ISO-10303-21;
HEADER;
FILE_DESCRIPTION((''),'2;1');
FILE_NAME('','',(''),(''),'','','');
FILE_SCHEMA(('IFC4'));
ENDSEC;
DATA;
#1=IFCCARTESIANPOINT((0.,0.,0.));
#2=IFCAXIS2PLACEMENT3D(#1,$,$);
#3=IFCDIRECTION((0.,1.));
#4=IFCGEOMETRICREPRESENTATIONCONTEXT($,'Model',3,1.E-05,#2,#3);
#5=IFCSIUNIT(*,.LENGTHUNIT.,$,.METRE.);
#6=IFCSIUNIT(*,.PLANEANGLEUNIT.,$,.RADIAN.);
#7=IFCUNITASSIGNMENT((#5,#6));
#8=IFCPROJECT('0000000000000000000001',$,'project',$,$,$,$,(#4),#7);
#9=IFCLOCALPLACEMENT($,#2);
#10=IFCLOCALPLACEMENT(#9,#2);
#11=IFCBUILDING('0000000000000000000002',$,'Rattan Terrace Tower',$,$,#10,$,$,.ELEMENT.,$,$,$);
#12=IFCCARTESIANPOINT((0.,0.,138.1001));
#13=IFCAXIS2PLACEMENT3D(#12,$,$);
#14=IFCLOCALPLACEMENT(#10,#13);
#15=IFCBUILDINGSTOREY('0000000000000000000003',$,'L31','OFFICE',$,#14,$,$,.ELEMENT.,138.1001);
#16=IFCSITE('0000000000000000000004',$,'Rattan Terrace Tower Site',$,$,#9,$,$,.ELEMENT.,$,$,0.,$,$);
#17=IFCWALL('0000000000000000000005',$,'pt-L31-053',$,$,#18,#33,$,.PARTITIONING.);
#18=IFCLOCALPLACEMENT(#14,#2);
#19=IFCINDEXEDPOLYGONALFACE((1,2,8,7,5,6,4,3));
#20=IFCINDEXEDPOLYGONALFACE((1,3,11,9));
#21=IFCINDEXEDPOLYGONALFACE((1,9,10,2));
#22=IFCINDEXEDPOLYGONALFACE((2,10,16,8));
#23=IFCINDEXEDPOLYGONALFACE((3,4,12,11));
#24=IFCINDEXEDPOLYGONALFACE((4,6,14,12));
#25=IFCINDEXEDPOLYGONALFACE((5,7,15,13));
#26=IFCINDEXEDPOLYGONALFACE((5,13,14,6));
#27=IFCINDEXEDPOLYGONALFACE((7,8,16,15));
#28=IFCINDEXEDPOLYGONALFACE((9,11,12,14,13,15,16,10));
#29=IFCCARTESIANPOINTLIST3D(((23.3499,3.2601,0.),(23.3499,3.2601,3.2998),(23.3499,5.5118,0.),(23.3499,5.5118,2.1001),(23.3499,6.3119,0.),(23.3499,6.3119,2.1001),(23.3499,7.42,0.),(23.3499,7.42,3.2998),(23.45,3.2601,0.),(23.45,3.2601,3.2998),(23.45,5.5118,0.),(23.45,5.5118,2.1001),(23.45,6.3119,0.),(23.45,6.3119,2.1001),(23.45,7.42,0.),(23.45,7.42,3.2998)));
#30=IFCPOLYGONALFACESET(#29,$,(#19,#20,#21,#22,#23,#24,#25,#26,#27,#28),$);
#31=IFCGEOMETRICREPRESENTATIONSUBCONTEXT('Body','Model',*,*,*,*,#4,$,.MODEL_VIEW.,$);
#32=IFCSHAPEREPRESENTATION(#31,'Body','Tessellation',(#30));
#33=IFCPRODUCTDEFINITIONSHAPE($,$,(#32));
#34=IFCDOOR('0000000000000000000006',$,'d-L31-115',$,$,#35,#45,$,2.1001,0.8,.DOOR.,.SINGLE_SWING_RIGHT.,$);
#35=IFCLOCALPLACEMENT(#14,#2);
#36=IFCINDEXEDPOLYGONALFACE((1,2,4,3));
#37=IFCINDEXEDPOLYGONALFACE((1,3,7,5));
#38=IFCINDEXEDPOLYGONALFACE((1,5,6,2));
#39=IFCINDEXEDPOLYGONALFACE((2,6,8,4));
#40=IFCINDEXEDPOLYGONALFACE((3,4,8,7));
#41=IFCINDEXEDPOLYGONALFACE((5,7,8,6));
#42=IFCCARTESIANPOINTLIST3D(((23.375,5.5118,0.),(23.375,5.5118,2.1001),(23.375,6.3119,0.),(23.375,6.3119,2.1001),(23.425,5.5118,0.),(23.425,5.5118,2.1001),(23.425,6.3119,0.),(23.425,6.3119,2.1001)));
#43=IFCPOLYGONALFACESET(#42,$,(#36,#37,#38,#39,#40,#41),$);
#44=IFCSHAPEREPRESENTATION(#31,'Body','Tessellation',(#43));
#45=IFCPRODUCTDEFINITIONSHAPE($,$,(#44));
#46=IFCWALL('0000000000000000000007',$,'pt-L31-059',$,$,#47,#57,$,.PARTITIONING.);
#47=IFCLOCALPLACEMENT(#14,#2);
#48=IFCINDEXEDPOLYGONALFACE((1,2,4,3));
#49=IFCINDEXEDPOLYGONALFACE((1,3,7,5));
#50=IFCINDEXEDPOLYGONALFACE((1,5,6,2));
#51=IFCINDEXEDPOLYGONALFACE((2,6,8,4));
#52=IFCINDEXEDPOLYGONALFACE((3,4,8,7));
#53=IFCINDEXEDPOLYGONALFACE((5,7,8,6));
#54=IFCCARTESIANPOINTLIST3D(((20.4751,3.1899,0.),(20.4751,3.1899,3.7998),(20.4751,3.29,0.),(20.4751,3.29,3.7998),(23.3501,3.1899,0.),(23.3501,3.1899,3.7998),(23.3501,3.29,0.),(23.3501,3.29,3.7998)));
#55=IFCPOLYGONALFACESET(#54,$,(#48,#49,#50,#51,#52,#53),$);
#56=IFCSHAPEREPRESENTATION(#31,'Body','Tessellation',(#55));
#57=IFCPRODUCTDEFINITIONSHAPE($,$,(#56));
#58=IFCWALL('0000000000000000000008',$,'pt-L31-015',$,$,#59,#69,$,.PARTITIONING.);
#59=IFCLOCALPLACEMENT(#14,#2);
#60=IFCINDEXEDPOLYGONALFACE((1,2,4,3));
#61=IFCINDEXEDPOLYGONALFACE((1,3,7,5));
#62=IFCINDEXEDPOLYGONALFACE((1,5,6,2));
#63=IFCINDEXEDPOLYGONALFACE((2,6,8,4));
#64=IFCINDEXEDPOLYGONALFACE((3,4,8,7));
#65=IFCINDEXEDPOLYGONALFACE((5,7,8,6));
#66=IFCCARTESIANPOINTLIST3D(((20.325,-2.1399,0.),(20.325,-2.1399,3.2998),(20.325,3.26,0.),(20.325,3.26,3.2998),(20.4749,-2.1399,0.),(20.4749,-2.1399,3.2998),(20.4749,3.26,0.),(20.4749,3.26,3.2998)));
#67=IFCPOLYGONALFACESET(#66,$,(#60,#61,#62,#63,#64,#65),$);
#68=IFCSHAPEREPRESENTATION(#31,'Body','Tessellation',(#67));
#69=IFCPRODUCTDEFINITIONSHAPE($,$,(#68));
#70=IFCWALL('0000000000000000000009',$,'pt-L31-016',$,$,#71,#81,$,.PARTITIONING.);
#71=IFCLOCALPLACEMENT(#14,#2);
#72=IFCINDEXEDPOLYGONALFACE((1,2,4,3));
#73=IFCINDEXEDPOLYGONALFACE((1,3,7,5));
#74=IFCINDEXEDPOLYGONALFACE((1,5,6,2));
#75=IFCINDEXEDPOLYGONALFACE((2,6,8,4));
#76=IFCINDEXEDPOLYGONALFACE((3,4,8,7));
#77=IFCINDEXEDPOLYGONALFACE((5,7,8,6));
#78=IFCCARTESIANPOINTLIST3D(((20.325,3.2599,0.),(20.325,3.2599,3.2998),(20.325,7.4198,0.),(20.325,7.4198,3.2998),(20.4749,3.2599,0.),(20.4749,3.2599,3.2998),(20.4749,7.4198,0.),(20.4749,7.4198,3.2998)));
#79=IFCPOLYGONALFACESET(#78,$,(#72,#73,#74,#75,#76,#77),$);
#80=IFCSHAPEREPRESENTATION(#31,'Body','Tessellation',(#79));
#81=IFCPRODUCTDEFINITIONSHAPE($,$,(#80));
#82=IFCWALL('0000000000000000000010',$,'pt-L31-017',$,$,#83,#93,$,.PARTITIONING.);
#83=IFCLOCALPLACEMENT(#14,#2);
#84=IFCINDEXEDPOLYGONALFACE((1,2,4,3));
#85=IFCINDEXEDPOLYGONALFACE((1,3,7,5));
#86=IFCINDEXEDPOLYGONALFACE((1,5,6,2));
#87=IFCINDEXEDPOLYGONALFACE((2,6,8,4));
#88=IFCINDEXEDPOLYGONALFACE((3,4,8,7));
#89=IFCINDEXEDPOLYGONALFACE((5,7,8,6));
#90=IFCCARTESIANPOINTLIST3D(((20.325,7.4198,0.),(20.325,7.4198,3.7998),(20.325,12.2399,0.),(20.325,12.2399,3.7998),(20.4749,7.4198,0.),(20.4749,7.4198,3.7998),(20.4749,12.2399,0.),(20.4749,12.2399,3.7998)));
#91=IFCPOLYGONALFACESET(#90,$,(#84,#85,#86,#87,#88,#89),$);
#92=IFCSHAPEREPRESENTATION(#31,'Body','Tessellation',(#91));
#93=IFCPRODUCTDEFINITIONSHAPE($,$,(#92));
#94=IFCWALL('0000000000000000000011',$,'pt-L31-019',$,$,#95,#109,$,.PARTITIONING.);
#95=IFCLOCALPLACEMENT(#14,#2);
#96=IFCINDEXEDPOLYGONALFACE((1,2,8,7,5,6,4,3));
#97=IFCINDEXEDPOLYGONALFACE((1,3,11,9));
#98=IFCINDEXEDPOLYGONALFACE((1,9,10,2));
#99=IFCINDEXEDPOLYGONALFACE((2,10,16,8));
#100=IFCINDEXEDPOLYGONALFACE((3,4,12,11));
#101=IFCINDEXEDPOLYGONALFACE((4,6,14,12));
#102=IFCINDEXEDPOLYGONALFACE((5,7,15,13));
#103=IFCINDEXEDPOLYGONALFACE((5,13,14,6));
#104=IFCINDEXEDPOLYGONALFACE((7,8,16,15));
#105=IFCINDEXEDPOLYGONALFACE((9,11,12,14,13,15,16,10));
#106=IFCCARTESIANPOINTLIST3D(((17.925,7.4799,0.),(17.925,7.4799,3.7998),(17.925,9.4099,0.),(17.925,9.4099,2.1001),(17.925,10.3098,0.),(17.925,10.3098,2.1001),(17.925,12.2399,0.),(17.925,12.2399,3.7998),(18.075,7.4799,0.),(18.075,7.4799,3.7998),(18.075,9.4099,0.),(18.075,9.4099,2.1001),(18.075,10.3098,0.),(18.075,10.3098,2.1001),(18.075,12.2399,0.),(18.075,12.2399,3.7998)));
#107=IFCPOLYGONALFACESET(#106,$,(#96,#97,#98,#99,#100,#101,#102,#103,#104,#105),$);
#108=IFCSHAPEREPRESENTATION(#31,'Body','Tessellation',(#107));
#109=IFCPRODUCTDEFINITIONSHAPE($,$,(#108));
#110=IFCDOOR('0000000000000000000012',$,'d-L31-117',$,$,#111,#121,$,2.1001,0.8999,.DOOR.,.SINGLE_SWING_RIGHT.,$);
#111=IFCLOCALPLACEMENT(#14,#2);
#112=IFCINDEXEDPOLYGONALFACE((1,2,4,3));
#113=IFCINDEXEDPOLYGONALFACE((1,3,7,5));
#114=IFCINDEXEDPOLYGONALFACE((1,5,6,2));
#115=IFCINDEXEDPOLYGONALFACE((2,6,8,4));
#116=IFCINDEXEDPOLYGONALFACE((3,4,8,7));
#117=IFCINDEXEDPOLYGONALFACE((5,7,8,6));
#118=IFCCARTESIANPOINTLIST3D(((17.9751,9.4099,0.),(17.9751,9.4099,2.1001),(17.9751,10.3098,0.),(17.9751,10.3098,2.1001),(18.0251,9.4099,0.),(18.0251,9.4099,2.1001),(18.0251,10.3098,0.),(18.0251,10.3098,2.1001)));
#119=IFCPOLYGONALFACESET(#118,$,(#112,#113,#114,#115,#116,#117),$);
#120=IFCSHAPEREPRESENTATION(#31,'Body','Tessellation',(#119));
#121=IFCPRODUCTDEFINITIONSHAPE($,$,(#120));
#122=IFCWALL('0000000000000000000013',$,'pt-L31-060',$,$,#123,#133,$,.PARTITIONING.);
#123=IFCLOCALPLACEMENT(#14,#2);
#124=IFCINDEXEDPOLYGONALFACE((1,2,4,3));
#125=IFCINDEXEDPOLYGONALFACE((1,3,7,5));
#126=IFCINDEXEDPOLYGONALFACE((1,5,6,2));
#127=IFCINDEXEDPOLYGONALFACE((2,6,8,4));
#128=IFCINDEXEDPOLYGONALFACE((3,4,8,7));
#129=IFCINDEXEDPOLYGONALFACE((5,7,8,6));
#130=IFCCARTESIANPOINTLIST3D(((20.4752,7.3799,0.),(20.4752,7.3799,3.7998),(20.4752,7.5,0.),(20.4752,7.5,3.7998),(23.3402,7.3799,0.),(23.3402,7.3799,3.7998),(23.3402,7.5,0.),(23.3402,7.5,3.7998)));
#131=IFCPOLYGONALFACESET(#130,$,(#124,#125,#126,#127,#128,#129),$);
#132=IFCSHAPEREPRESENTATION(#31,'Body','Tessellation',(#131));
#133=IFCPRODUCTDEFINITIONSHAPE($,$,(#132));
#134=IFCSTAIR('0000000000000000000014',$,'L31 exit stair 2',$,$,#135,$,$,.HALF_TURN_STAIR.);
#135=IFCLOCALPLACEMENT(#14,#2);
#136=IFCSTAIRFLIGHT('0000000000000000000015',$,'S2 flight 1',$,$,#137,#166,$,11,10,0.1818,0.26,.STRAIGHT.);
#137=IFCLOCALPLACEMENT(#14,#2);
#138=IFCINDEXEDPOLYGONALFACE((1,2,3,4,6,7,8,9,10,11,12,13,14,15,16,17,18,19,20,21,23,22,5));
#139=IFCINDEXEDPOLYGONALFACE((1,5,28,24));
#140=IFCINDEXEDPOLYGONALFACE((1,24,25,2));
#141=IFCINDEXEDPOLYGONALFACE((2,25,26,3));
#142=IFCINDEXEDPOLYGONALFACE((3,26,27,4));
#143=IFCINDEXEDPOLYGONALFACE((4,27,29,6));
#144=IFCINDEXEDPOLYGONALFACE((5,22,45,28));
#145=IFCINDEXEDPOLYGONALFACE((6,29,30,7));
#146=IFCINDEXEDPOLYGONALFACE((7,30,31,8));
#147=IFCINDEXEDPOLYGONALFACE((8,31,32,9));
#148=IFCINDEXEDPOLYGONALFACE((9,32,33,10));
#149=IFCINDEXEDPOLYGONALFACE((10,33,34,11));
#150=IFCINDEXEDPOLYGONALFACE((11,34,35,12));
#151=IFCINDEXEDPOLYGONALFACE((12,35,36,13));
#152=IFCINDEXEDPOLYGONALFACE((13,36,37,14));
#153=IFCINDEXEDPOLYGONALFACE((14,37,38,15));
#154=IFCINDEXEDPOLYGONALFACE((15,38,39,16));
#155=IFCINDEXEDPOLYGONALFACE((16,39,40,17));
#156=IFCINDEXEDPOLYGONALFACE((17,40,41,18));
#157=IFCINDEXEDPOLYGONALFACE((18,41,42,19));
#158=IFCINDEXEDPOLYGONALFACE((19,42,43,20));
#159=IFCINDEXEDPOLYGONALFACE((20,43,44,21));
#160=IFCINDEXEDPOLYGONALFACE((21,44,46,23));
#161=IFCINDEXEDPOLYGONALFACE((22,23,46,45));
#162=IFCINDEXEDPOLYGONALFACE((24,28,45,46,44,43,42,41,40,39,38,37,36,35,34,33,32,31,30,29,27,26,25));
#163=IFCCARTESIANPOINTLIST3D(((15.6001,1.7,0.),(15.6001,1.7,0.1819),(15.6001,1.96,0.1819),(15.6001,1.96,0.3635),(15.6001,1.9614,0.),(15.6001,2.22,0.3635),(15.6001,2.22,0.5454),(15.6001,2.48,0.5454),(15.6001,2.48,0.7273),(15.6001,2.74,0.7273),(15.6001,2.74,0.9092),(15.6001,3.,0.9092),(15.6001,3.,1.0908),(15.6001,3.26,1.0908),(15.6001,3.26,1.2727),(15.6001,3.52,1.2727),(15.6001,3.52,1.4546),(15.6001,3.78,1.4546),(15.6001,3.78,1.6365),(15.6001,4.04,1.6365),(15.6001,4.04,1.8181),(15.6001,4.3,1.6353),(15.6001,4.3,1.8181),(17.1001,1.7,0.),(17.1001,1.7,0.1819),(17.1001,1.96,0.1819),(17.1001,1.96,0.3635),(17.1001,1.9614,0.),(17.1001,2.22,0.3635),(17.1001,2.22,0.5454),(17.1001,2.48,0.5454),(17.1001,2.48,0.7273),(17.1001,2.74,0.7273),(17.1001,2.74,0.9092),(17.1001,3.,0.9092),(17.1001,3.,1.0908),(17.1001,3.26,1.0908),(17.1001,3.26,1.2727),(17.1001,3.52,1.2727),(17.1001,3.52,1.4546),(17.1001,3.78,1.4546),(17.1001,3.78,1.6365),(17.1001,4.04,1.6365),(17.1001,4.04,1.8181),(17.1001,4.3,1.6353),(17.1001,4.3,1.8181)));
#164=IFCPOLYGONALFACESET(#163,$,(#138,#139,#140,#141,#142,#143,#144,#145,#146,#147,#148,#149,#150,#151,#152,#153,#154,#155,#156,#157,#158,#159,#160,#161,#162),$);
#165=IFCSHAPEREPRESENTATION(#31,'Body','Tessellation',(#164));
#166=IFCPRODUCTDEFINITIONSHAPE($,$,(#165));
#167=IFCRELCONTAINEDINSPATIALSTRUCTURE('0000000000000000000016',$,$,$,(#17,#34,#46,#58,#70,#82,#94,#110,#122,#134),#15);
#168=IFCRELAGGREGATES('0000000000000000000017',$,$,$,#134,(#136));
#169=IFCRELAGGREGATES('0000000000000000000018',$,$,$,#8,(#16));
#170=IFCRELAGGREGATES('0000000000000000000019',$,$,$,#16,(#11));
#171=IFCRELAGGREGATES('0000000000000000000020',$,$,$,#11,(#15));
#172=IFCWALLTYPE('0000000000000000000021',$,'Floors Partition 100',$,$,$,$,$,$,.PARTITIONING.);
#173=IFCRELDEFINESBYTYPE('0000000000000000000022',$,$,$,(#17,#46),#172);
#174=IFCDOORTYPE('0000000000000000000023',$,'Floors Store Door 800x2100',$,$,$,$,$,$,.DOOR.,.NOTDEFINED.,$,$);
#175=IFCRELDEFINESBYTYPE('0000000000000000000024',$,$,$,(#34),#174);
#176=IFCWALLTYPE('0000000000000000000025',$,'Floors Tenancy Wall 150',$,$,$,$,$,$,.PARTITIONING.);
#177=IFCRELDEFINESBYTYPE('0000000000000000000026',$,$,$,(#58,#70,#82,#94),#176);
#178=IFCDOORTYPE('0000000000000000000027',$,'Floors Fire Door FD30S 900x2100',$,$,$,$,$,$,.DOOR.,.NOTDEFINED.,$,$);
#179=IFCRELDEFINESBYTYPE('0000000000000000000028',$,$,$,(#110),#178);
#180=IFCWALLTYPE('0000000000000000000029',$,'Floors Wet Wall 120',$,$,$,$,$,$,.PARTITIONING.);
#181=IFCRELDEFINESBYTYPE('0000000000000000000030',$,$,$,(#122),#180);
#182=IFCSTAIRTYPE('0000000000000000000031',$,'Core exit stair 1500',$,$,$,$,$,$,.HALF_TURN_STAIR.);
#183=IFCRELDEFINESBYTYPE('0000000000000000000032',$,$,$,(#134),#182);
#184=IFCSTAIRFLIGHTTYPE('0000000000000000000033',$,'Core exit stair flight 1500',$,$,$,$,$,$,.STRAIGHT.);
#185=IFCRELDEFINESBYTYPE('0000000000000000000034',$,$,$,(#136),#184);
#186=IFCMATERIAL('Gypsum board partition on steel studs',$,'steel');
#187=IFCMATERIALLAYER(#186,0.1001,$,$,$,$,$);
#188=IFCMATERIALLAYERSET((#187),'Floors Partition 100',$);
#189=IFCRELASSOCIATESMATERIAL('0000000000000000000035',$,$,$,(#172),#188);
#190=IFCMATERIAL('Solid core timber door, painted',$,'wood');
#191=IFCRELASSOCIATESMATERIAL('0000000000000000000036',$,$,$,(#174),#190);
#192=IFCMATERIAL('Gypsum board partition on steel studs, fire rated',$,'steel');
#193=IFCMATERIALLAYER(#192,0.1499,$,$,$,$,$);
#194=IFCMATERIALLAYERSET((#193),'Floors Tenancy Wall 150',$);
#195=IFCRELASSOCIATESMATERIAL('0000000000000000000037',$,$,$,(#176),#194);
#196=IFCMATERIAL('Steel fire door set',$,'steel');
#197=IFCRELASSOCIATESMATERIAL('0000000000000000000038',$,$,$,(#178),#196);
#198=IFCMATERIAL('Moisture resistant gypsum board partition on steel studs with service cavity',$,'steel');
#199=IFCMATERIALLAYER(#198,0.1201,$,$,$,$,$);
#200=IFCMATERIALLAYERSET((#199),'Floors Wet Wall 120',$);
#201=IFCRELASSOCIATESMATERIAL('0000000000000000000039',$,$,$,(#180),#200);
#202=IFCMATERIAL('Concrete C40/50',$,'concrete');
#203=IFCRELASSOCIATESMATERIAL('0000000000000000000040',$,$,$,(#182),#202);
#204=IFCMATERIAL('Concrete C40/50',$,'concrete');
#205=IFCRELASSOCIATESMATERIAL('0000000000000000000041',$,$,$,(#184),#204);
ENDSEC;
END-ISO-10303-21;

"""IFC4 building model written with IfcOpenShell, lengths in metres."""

from ifc_helpers import new_model, si_unit, direction, frame, frame_2d, origin, place, context, subcontext, project, spatial, polyline, rectangle, outline, extrude, material, layer, layer_set, type_object, element, fill, aggregate, save


model = new_model("IFC4")

# Units and contexts
model_context = context("Model", 3, precision=1e-05, world=origin(), true_north=direction((0.0, 1.0)))
body_context = subcontext(model_context, "Body", "Model", "MODEL_VIEW")
ifc_project = project(units=[si_unit("LENGTHUNIT", "METRE"), si_unit("PLANEANGLEUNIT", "RADIAN")], contexts=[model_context])

# Site, building, storey
site_placement = place(None, origin())
site = spatial("IfcSite", under=ifc_project, at=site_placement, Name="Rattan Terrace Tower Site", CompositionType="ELEMENT", RefElevation=0.0)
building_placement = place(site_placement, origin())
building = spatial("IfcBuilding", under=site, at=building_placement, Name="Rattan Terrace Tower", CompositionType="ELEMENT")
storey_placement = place(building_placement, frame((0.0, 0.0, 138.1001)))
storey = spatial("IfcBuildingStorey", under=building, at=storey_placement, Name="L31", Description="OFFICE", CompositionType="ELEMENT", Elevation=138.1001)

# Wall, opening, door
ifc_material_1 = material(Name="Gypsum board partition on steel studs", Category="steel")
ifc_layer_1 = layer(ifc_material_1, 0.1001)
ifc_layer_set_1 = layer_set([ifc_layer_1], Name="Floors Partition 100")
wall_type_1 = type_object("IfcWallType", Name="Floors Partition 100", PredefinedType="PARTITIONING", material=ifc_layer_set_1)
wall_1_placement = place(storey_placement, frame((23.3999, 3.26, 0.0), z_axis=(0.0, 0.0, 1.0), x_axis=(0.0, 1.0, 0.0)))
wall_1 = element("IfcWall", 1, at=wall_1_placement, inside=storey, type_object=wall_type_1, Name="pt-L31-053", PredefinedType="PARTITIONING", context=body_context, shape_type="SweptSolid", body=[
    extrude(rectangle(XDim=4.1599, YDim=0.1001, at=frame_2d((2.0801, 0.0))), origin(), (0.0, 0.0, 1.0), 3.2998),
])
opening_1_placement = place(wall_1_placement, frame((2.252, 0.0, 0.0)))
opening_1 = element("IfcOpeningElement", 2, at=opening_1_placement, cuts=wall_1, PredefinedType="OPENING", context=body_context, shape_type="SweptSolid", body=[
    extrude(rectangle(XDim=0.8, YDim=2.1001, at=frame_2d((0.3999, 1.05))), frame((0.0, 0.0605, 0.0), z_axis=(0.0, -1.0, 0.0), x_axis=(1.0, 0.0, 0.0)), (0.0, 0.0, 1.0), 0.1211),
])
ifc_material_2 = material(Name="Solid core timber door, painted", Category="wood")
door_type_1 = type_object("IfcDoorType", Name="Floors Store Door 800x2100", OperationType="NOTDEFINED", PredefinedType="DOOR", material=ifc_material_2)
door_1_placement = place(opening_1_placement, origin())
door_1 = element("IfcDoor", 3, at=door_1_placement, inside=storey, type_object=door_type_1, Name="d-L31-115", OperationType="SINGLE_SWING_RIGHT", OverallHeight=2.1001, OverallWidth=0.8, PredefinedType="DOOR", context=body_context, shape_type="SweptSolid", body=[
    extrude(rectangle(XDim=0.8, YDim=2.1001, at=frame_2d((0.3999, 1.05))), frame((0.0, 0.0249, 0.0), z_axis=(0.0, -1.0, 0.0), x_axis=(1.0, 0.0, 0.0)), (0.0, 0.0, 1.0), 0.05),
])
fill(opening_1, door_1)

# Walls
wall_2_placement = place(storey_placement, frame((20.4751, 3.24, 0.0), z_axis=(0.0, 0.0, 1.0), x_axis=(1.0, 0.0, 0.0)))
element("IfcWall", 4, at=wall_2_placement, inside=storey, type_object=wall_type_1, Name="pt-L31-059", PredefinedType="PARTITIONING", context=body_context, shape_type="SweptSolid", body=[
    extrude(rectangle(XDim=2.875, YDim=0.1001, at=frame_2d((1.4375, 0.0))), origin(), (0.0, 0.0, 1.0), 3.7998),
])
ifc_material_3 = material(Name="Gypsum board partition on steel studs, fire rated", Category="steel")
ifc_layer_2 = layer(ifc_material_3, 0.1499)
ifc_layer_set_2 = layer_set([ifc_layer_2], Name="Floors Tenancy Wall 150")
wall_type_2 = type_object("IfcWallType", Name="Floors Tenancy Wall 150", PredefinedType="PARTITIONING", material=ifc_layer_set_2)
wall_3_placement = place(storey_placement, frame((20.3999, 3.26, 0.0), z_axis=(0.0, 0.0, 1.0), x_axis=(0.0, -1.0, 0.0)))
element("IfcWall", 5, at=wall_3_placement, inside=storey, type_object=wall_type_2, Name="pt-L31-015", PredefinedType="PARTITIONING", context=body_context, shape_type="SweptSolid", body=[
    extrude(rectangle(XDim=5.3999, YDim=0.1499, at=frame_2d((2.7, 0.0))), origin(), (0.0, 0.0, 1.0), 3.2998),
])
wall_4_placement = place(storey_placement, frame((20.3999, 7.4199, 0.0), z_axis=(0.0, 0.0, 1.0), x_axis=(0.0, -1.0, 0.0)))
element("IfcWall", 6, at=wall_4_placement, inside=storey, type_object=wall_type_2, Name="pt-L31-016", PredefinedType="PARTITIONING", context=body_context, shape_type="SweptSolid", body=[
    extrude(rectangle(XDim=4.1599, YDim=0.1499, at=frame_2d((2.0801, 0.0))), origin(), (0.0, 0.0, 1.0), 3.2998),
])
wall_5_placement = place(storey_placement, frame((20.3999, 12.24, 0.0), z_axis=(0.0, 0.0, 1.0), x_axis=(0.0, -1.0, 0.0)))
element("IfcWall", 7, at=wall_5_placement, inside=storey, type_object=wall_type_2, Name="pt-L31-017", PredefinedType="PARTITIONING", context=body_context, shape_type="SweptSolid", body=[
    extrude(rectangle(XDim=4.8201, YDim=0.1499, at=frame_2d((2.4102, 0.0))), origin(), (0.0, 0.0, 1.0), 3.7998),
])

# Wall, opening, door
wall_6_placement = place(storey_placement, frame((18.0, 7.48, 0.0), z_axis=(0.0, 0.0, 1.0), x_axis=(0.0, 1.0, 0.0)))
wall_6 = element("IfcWall", 8, at=wall_6_placement, inside=storey, type_object=wall_type_2, Name="pt-L31-019", PredefinedType="PARTITIONING", context=body_context, shape_type="SweptSolid", body=[
    extrude(rectangle(XDim=4.76, YDim=0.1499, at=frame_2d((2.3799, 0.0))), origin(), (0.0, 0.0, 1.0), 3.7998),
])
opening_2_placement = place(wall_6_placement, frame((1.9299, 0.0, 0.0)))
opening_2 = element("IfcOpeningElement", 9, at=opening_2_placement, cuts=wall_6, PredefinedType="OPENING", context=body_context, shape_type="SweptSolid", body=[
    extrude(rectangle(XDim=0.8999, YDim=2.1001, at=frame_2d((0.45, 1.05))), frame((0.0, 0.0854, 0.0), z_axis=(0.0, -1.0, 0.0), x_axis=(1.0, 0.0, 0.0)), (0.0, 0.0, 1.0), 0.1709),
])
ifc_material_4 = material(Name="Steel fire door set", Category="steel")
door_type_2 = type_object("IfcDoorType", Name="Floors Fire Door FD30S 900x2100", OperationType="NOTDEFINED", PredefinedType="DOOR", material=ifc_material_4)
door_2_placement = place(opening_2_placement, origin())
door_2 = element("IfcDoor", 10, at=door_2_placement, inside=storey, type_object=door_type_2, Name="d-L31-117", OperationType="SINGLE_SWING_RIGHT", OverallHeight=2.1001, OverallWidth=0.8999, PredefinedType="DOOR", context=body_context, shape_type="SweptSolid", body=[
    extrude(rectangle(XDim=0.8999, YDim=2.1001, at=frame_2d((0.45, 1.05))), frame((0.0, 0.0249, 0.0), z_axis=(0.0, -1.0, 0.0), x_axis=(1.0, 0.0, 0.0)), (0.0, 0.0, 1.0), 0.05),
])
fill(opening_2, door_2)

# Wall
ifc_material_5 = material(Name="Moisture resistant gypsum board partition on steel studs with service cavity", Category="steel")
ifc_layer_3 = layer(ifc_material_5, 0.1201)
ifc_layer_set_3 = layer_set([ifc_layer_3], Name="Floors Wet Wall 120")
wall_type_3 = type_object("IfcWallType", Name="Floors Wet Wall 120", PredefinedType="PARTITIONING", material=ifc_layer_set_3)
wall_7_placement = place(storey_placement, frame((20.4751, 7.4399, 0.0), z_axis=(0.0, 0.0, 1.0), x_axis=(1.0, 0.0, 0.0)))
element("IfcWall", 11, at=wall_7_placement, inside=storey, type_object=wall_type_3, Name="pt-L31-060", PredefinedType="PARTITIONING", context=body_context, shape_type="SweptSolid", body=[
    extrude(rectangle(XDim=2.865, YDim=0.1201, at=frame_2d((1.4326, 0.0))), origin(), (0.0, 0.0, 1.0), 3.7998),
])

# Stair, stair flight
ifc_material_6 = material(Name="Concrete C40/50", Category="concrete")
stair_type = type_object("IfcStairType", Name="Core exit stair 1500", PredefinedType="HALF_TURN_STAIR", material=ifc_material_6)
stair_placement = place(storey_placement, origin())
stair = element("IfcStair", 12, at=stair_placement, inside=storey, type_object=stair_type, Name="L31 exit stair 2", PredefinedType="HALF_TURN_STAIR")
ifc_material_7 = material(Name="Concrete C40/50", Category="concrete")
stair_flight_type = type_object("IfcStairFlightType", Name="Core exit stair flight 1500", PredefinedType="STRAIGHT", material=ifc_material_7)
stair_flight_placement = place(storey_placement, frame((16.3501, 1.7, 0.0), z_axis=(0.0, 0.0, 1.0), x_axis=(0.0, 1.0, 0.0)))
stair_flight = element("IfcStairFlight", 13, at=stair_flight_placement, type_object=stair_flight_type, Name="S2 flight 1", NumberOfRisers=11, NumberOfTreads=10, PredefinedType="STRAIGHT", RiserHeight=0.1818, TreadLength=0.26, context=body_context, shape_type="SweptSolid", body=[
    extrude(outline(polyline([(0.0, 0.0), (0.0, 0.1819), (0.26, 0.1819), (0.26, 0.3635), (0.52, 0.3635), (0.52, 0.5454), (0.78, 0.5454), (0.78, 0.7273), (1.04, 0.7273), (1.04, 0.9092), (1.3, 0.9092), (1.3, 1.0908), (1.5601, 1.0908), (1.5601, 1.2727), (1.8201, 1.2727), (1.8201, 1.4546), (2.0801, 1.4546), (2.0801, 1.6365), (2.3401, 1.6365), (2.3401, 1.8181), (2.6001, 1.8181), (2.6001, 2.0), (2.6001, 1.6353), (0.2615, 0.0), (0.0, 0.0)])), frame((0.0, 0.75, 0.0), z_axis=(0.0, -1.0, 0.0), x_axis=(1.0, 0.0, 0.0)), (0.0, 0.0, 1.0), 1.5),
])
aggregate(stair, [stair_flight])

save(model, "model.ifc")
